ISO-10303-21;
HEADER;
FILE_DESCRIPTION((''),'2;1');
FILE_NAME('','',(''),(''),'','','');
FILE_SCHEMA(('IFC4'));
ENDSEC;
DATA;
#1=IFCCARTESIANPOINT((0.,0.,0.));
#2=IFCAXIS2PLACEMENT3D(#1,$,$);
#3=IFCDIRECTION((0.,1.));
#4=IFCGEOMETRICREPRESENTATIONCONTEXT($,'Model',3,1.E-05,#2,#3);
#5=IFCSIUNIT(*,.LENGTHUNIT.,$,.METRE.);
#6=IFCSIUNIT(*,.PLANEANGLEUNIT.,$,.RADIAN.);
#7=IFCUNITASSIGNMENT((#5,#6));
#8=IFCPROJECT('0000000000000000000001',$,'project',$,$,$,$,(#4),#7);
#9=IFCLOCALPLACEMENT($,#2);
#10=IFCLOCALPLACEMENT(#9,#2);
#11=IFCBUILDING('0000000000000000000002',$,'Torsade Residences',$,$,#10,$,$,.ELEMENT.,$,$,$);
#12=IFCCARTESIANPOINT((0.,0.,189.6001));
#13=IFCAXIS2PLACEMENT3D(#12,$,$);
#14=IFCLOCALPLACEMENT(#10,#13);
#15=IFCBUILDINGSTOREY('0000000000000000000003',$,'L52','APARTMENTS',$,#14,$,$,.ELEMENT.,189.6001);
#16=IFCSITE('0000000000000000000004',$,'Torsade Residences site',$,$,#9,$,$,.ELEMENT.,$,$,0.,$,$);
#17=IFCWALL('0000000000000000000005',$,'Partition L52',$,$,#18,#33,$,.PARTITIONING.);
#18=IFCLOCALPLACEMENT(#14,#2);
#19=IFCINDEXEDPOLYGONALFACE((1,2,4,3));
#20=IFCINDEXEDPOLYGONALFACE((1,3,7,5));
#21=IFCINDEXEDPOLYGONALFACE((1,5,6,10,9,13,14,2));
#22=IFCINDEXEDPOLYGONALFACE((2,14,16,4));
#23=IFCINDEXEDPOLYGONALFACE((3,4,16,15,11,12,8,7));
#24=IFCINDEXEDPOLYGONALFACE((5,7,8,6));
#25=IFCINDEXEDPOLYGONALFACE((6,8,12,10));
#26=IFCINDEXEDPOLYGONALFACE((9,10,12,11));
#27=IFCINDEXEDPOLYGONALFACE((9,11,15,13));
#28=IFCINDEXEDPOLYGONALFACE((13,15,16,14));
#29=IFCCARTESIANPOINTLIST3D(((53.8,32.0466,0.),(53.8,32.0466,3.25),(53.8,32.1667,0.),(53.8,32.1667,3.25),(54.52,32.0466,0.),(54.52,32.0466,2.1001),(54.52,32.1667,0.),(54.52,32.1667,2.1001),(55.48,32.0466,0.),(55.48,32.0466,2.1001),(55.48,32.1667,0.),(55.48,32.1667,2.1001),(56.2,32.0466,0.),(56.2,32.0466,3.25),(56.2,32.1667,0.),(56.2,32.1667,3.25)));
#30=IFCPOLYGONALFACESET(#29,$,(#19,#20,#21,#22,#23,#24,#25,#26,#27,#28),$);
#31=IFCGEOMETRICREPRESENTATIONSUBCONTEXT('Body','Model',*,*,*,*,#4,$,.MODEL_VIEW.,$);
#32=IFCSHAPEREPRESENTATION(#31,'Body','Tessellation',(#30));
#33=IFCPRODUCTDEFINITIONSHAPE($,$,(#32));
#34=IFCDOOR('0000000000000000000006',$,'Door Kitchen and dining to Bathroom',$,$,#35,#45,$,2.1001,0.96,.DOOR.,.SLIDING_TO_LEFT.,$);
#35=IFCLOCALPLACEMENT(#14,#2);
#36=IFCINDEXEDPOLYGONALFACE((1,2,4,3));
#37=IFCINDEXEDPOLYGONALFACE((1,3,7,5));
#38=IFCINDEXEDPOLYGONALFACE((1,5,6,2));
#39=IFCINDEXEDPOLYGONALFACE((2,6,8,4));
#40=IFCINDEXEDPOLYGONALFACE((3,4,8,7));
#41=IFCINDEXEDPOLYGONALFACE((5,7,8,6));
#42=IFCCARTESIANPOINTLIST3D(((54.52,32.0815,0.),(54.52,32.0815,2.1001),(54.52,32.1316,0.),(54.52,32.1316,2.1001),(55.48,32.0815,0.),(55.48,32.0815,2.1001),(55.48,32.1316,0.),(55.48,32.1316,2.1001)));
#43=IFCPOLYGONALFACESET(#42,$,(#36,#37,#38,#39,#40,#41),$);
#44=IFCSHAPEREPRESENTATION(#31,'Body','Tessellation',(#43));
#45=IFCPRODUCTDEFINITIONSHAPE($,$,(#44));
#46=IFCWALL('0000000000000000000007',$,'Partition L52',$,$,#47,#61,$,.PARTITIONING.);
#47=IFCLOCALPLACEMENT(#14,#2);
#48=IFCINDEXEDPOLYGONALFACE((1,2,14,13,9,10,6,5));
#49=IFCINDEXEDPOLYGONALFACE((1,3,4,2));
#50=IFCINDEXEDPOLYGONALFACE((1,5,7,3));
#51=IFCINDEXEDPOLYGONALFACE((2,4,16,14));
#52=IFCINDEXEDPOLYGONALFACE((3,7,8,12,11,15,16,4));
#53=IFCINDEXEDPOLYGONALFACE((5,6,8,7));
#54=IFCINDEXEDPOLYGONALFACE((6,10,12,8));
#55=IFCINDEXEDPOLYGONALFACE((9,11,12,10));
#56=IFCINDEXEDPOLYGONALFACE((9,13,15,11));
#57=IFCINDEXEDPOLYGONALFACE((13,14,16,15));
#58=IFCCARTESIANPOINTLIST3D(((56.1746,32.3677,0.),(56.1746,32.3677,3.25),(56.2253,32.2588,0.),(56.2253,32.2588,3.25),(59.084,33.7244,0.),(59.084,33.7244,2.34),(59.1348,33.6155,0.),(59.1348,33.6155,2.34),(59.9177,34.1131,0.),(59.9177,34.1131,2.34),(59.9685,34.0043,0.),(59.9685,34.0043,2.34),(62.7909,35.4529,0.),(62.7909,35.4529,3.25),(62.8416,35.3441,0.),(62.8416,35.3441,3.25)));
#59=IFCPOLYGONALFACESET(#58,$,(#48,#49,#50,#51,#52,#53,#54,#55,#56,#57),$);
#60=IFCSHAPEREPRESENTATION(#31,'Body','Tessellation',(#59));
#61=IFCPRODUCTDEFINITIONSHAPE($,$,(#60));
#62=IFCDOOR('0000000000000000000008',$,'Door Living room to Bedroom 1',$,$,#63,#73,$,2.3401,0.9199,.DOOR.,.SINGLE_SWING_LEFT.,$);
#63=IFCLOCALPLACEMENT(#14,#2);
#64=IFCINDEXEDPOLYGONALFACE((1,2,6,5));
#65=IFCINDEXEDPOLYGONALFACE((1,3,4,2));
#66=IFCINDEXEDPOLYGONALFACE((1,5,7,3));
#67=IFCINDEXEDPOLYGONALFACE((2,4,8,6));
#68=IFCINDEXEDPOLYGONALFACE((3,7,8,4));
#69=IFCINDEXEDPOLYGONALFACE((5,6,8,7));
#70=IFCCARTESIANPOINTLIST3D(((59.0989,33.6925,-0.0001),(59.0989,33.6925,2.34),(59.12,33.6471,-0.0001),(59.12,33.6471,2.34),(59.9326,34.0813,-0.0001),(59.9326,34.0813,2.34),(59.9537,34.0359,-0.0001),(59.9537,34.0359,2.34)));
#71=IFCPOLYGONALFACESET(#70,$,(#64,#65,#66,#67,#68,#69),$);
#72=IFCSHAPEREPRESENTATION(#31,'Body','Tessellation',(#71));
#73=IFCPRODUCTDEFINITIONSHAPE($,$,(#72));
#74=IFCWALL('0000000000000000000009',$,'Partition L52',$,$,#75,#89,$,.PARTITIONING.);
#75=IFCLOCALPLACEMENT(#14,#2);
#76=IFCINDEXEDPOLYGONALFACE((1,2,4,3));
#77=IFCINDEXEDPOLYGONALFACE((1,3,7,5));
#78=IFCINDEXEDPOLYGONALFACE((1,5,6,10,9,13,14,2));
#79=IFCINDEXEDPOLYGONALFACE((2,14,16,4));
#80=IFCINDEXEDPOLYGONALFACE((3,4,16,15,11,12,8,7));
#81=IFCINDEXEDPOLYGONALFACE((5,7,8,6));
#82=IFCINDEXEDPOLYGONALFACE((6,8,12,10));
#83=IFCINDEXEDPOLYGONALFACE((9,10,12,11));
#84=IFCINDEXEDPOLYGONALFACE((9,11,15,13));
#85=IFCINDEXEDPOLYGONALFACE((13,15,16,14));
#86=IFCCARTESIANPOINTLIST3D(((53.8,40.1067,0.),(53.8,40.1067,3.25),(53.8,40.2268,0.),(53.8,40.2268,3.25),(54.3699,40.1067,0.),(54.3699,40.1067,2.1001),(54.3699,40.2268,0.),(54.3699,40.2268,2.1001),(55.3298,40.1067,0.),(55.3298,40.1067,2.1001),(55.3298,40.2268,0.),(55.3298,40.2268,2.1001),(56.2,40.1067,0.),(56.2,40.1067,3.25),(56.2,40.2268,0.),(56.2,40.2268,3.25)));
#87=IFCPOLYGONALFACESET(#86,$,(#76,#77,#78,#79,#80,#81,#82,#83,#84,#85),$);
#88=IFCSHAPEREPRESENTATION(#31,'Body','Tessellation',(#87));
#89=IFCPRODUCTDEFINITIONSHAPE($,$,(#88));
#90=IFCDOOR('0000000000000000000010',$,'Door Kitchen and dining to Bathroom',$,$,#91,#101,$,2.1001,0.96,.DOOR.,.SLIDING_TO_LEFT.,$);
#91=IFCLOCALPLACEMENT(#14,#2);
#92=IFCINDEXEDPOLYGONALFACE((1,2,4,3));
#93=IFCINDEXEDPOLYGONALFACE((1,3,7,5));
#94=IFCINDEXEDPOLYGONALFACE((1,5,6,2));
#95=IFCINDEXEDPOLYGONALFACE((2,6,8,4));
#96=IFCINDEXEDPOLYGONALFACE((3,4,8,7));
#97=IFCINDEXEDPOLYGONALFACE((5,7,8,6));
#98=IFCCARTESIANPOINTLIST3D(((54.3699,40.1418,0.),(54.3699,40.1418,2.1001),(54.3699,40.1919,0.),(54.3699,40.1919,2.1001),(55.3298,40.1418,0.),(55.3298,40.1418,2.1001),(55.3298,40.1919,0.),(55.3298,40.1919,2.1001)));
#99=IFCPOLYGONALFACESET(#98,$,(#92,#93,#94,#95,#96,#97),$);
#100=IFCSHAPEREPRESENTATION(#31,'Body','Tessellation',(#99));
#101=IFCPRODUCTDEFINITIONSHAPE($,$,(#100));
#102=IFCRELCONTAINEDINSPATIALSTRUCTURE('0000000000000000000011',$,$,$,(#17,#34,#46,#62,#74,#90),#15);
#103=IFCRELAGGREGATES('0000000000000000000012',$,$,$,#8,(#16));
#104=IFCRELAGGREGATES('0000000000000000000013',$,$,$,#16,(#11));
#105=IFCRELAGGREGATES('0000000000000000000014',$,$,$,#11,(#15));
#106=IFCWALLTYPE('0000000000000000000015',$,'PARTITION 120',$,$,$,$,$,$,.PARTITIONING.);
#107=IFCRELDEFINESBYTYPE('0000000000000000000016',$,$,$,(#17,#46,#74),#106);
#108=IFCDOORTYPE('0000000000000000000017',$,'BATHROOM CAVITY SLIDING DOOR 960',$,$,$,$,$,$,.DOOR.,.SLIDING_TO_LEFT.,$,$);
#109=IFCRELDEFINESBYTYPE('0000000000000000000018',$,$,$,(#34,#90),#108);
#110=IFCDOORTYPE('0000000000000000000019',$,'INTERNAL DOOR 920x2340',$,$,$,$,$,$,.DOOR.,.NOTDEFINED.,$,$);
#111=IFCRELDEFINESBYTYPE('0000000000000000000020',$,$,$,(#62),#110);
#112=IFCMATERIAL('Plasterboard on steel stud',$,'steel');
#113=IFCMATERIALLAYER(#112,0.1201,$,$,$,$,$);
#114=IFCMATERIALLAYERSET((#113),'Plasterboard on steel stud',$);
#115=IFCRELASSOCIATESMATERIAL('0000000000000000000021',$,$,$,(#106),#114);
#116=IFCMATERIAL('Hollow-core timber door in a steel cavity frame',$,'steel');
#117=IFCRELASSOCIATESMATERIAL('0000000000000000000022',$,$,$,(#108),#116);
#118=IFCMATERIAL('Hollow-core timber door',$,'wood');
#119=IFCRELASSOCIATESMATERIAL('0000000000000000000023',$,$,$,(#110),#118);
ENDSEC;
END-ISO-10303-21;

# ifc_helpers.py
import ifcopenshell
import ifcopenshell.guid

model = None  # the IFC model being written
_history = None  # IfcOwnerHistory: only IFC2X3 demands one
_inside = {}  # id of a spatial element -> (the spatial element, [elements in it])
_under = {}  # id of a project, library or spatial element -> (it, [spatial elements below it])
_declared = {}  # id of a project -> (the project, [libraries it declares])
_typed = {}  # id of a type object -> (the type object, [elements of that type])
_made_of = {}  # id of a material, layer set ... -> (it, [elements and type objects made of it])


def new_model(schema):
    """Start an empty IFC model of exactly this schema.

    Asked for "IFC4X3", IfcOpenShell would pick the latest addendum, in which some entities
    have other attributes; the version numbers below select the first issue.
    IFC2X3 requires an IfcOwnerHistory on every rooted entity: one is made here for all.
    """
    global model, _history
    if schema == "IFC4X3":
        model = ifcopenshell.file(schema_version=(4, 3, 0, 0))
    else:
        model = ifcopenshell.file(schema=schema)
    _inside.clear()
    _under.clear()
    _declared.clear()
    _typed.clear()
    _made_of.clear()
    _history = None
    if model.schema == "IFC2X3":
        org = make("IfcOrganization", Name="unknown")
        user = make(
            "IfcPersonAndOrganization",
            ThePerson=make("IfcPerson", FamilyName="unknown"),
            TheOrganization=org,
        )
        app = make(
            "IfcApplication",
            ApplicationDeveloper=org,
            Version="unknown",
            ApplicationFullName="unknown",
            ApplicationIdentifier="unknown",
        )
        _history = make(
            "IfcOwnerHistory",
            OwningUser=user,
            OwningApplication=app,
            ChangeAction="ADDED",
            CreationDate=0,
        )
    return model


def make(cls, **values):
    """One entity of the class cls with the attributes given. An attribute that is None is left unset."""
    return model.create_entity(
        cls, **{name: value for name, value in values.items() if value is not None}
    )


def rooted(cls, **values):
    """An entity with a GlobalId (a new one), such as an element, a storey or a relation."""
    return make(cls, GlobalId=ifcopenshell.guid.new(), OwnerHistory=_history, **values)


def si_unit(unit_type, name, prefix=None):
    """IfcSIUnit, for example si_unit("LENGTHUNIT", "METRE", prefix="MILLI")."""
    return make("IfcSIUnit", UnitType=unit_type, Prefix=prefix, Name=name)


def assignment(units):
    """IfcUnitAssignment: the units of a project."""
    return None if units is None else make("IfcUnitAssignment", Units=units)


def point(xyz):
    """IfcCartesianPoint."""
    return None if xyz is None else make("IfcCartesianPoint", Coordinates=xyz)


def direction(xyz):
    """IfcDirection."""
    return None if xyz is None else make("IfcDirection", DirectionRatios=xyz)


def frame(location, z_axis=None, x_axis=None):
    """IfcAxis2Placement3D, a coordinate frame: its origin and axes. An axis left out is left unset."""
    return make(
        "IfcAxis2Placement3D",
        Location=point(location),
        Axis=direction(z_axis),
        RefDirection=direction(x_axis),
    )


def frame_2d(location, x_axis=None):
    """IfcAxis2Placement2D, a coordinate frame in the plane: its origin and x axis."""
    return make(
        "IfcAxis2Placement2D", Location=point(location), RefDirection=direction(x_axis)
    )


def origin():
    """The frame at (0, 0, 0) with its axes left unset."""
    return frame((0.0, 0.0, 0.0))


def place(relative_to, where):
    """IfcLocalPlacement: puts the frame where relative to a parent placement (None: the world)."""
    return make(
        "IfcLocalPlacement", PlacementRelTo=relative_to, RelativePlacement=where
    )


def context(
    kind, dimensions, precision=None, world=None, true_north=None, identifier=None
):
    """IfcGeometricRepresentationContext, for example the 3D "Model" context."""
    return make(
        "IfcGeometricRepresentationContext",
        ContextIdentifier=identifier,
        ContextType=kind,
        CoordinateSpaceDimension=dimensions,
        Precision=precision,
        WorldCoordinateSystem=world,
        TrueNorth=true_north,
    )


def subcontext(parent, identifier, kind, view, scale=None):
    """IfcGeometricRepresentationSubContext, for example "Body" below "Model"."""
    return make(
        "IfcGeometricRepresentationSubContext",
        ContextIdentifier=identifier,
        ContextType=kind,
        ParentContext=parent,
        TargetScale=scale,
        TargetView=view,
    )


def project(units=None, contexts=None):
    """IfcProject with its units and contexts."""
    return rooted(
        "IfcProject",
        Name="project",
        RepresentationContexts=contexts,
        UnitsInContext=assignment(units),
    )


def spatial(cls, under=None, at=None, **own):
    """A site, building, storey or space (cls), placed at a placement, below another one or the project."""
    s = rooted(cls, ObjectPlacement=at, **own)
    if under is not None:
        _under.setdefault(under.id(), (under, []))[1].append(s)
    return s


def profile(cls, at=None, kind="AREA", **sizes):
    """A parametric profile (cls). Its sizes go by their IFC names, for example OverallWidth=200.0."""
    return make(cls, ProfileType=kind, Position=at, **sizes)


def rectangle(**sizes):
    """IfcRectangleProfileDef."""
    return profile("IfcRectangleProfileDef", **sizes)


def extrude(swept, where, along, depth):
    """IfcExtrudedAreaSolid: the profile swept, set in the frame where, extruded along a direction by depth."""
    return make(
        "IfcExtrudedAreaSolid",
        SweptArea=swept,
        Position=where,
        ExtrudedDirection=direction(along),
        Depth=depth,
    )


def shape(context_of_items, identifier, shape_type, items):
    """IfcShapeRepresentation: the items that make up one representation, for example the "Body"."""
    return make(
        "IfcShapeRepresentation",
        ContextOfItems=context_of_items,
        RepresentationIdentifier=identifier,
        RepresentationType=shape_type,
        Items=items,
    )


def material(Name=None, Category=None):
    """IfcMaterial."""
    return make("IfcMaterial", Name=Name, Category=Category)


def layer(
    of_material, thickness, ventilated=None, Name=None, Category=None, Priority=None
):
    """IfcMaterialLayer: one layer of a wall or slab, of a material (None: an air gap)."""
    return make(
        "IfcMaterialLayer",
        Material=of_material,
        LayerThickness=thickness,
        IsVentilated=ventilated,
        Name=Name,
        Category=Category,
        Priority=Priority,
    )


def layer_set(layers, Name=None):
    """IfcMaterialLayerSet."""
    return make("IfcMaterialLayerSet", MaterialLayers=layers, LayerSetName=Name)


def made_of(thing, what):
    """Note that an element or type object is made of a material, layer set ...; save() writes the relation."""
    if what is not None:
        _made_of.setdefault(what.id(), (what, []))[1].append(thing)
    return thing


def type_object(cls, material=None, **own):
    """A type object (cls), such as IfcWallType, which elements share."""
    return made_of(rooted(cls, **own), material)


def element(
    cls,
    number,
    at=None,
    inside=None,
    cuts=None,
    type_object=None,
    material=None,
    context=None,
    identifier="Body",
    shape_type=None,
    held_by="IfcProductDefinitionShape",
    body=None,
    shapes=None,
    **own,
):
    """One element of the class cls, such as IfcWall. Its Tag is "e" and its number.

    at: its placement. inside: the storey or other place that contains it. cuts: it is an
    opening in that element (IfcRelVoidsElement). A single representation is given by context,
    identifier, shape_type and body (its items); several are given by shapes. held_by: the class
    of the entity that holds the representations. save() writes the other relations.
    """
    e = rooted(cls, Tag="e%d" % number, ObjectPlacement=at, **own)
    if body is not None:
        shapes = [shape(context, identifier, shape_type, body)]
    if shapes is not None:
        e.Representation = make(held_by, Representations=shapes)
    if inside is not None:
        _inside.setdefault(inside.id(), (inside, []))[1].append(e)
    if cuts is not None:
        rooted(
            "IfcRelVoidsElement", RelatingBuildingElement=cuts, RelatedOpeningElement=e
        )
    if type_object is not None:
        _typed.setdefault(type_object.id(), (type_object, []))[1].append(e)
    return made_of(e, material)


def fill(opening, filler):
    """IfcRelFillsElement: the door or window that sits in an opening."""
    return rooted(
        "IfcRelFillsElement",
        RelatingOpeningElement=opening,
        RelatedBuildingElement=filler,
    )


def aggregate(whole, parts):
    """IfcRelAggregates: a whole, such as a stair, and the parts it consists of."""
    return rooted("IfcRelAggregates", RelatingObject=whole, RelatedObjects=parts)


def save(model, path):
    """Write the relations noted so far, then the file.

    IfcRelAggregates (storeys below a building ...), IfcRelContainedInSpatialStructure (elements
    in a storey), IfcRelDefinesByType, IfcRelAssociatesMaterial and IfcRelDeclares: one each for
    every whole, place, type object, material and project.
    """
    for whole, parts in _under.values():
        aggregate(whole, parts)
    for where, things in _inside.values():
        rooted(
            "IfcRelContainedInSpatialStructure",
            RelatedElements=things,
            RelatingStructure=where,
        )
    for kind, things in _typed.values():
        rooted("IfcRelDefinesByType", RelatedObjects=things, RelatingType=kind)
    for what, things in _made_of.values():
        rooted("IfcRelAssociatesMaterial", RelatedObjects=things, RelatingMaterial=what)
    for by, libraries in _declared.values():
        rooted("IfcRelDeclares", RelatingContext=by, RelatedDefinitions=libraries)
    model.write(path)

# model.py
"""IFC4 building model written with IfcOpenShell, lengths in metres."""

from ifc_helpers import new_model, si_unit, direction, frame, frame_2d, origin, place, context, subcontext, project, spatial, rectangle, extrude, material, layer, layer_set, type_object, element, fill, save


model = new_model("IFC4")

# Units and contexts
model_context = context("Model", 3, precision=1e-05, world=origin(), true_north=direction((0.0, 1.0)))
body_context = subcontext(model_context, "Body", "Model", "MODEL_VIEW")
ifc_project = project(units=[si_unit("LENGTHUNIT", "METRE"), si_unit("PLANEANGLEUNIT", "RADIAN")], contexts=[model_context])

# Site, building, storey
site_placement = place(None, origin())
site = spatial("IfcSite", under=ifc_project, at=site_placement, Name="Torsade Residences site", CompositionType="ELEMENT", RefElevation=0.0)
building_placement = place(site_placement, origin())
building = spatial("IfcBuilding", under=site, at=building_placement, Name="Torsade Residences", CompositionType="ELEMENT")
storey_placement = place(building_placement, frame((0.0, 0.0, 189.6001)))
storey = spatial("IfcBuildingStorey", under=building, at=storey_placement, Name="L52", Description="APARTMENTS", CompositionType="ELEMENT", Elevation=189.6001)

# Walls, openings, doors
ifc_material_1 = material(Name="Plasterboard on steel stud", Category="steel")
ifc_layer_1 = layer(ifc_material_1, 0.1201)
ifc_layer_set_1 = layer_set([ifc_layer_1], Name="Plasterboard on steel stud")
wall_type_1 = type_object("IfcWallType", Name="PARTITION 120", PredefinedType="PARTITIONING", material=ifc_layer_set_1)
wall_1_placement = place(storey_placement, frame((53.8, 32.1067, 0.0), z_axis=(0.0, 0.0, 1.0), x_axis=(1.0, 0.0, 0.0)))
wall_1 = element("IfcWall", 1, at=wall_1_placement, inside=storey, type_object=wall_type_1, Name="Partition L52", PredefinedType="PARTITIONING", context=body_context, shape_type="SweptSolid", body=[
    extrude(rectangle(XDim=2.3999, YDim=0.1201, at=frame_2d((1.2, 0.0))), origin(), (0.0, 0.0, 1.0), 3.25),
])
opening_1_placement = place(wall_1_placement, frame((0.72, 0.0, 0.0)))
opening_1 = element("IfcOpeningElement", 2, at=opening_1_placement, cuts=wall_1, PredefinedType="OPENING", context=body_context, shape_type="SweptSolid", body=[
    extrude(rectangle(XDim=0.96, YDim=2.1001, at=frame_2d((0.48, 1.05))), frame((0.0, 0.0701, 0.0), z_axis=(0.0, -1.0, 0.0), x_axis=(1.0, 0.0, 0.0)), (0.0, 0.0, 1.0), 0.1401),
])
ifc_material_2 = material(Name="Hollow-core timber door in a steel cavity frame", Category="steel")
door_type_1 = type_object("IfcDoorType", Name="BATHROOM CAVITY SLIDING DOOR 960", OperationType="SLIDING_TO_LEFT", PredefinedType="DOOR", material=ifc_material_2)
door_1_placement = place(opening_1_placement, origin())
door_1 = element("IfcDoor", 3, at=door_1_placement, inside=storey, type_object=door_type_1, Name="Door Kitchen and dining to Bathroom", OperationType="SLIDING_TO_LEFT", OverallHeight=2.1001, OverallWidth=0.96, PredefinedType="DOOR", context=body_context, shape_type="SweptSolid", body=[
    extrude(rectangle(XDim=0.96, YDim=2.1001, at=frame_2d((0.48, 1.05))), frame((0.0, 0.0249, 0.0), z_axis=(0.0, -1.0, 0.0), x_axis=(1.0, 0.0, 0.0)), (0.0, 0.0, 1.0), 0.05),
])
fill(opening_1, door_1)
wall_2_placement = place(storey_placement, frame((56.2, 32.3132, 0.0), z_axis=(0.0, 0.0, 1.0), x_axis=(0.906307, 0.42262, 0.0)))
wall_2 = element("IfcWall", 4, at=wall_2_placement, inside=storey, type_object=wall_type_1, Name="Partition L52", PredefinedType="PARTITIONING", context=body_context, shape_type="SweptSolid", body=[
    extrude(rectangle(XDim=7.3003, YDim=0.1201, at=frame_2d((3.6501, 0.0))), origin(), (0.0, 0.0, 1.0), 3.25),
])
opening_2_placement = place(wall_2_placement, frame((3.2102, 0.0, 0.0)))
opening_2 = element("IfcOpeningElement", 5, at=opening_2_placement, cuts=wall_2, PredefinedType="OPENING", context=body_context, shape_type="SweptSolid", body=[
    extrude(rectangle(XDim=0.9199, YDim=2.3401, at=frame_2d((0.46, 1.1699))), frame((0.0, 0.0701, 0.0), z_axis=(0.0, -1.0, 0.0), x_axis=(1.0, 0.0, 0.0)), (0.0, 0.0, 1.0), 0.1401),
])
ifc_material_3 = material(Name="Hollow-core timber door", Category="wood")
door_type_2 = type_object("IfcDoorType", Name="INTERNAL DOOR 920x2340", OperationType="NOTDEFINED", PredefinedType="DOOR", material=ifc_material_3)
door_2_placement = place(opening_2_placement, origin())
door_2 = element("IfcDoor", 6, at=door_2_placement, inside=storey, type_object=door_type_2, Name="Door Living room to Bedroom 1", OperationType="SINGLE_SWING_LEFT", OverallHeight=2.3401, OverallWidth=0.9199, PredefinedType="DOOR", context=body_context, shape_type="SweptSolid", body=[
    extrude(rectangle(XDim=0.9199, YDim=2.3401, at=frame_2d((0.46, 1.1699))), frame((0.0, 0.0249, 0.0), z_axis=(0.0, -1.0, 0.0), x_axis=(1.0, 0.0, 0.0)), (0.0, 0.0, 1.0), 0.05),
])
fill(opening_2, door_2)
wall_3_placement = place(storey_placement, frame((56.2, 40.1667, 0.0), z_axis=(0.0, 0.0, 1.0), x_axis=(-1.0, 0.0, 0.0)))
wall_3 = element("IfcWall", 7, at=wall_3_placement, inside=storey, type_object=wall_type_1, Name="Partition L52", PredefinedType="PARTITIONING", context=body_context, shape_type="SweptSolid", body=[
    extrude(rectangle(XDim=2.3999, YDim=0.1201, at=frame_2d((1.2, 0.0))), origin(), (0.0, 0.0, 1.0), 3.25),
])
opening_3_placement = place(wall_3_placement, frame((0.8701, 0.0, 0.0)))
opening_3 = element("IfcOpeningElement", 8, at=opening_3_placement, cuts=wall_3, PredefinedType="OPENING", context=body_context, shape_type="SweptSolid", body=[
    extrude(rectangle(XDim=0.96, YDim=2.1001, at=frame_2d((0.48, 1.05))), frame((0.0, 0.0701, 0.0), z_axis=(0.0, -1.0, 0.0), x_axis=(1.0, 0.0, 0.0)), (0.0, 0.0, 1.0), 0.1401),
])
door_3_placement = place(opening_3_placement, origin())
door_3 = element("IfcDoor", 9, at=door_3_placement, inside=storey, type_object=door_type_1, Name="Door Kitchen and dining to Bathroom", OperationType="SLIDING_TO_LEFT", OverallHeight=2.1001, OverallWidth=0.96, PredefinedType="DOOR", context=body_context, shape_type="SweptSolid", body=[
    extrude(rectangle(XDim=0.96, YDim=2.1001, at=frame_2d((0.48, 1.05))), frame((0.0, 0.0249, 0.0), z_axis=(0.0, -1.0, 0.0), x_axis=(1.0, 0.0, 0.0)), (0.0, 0.0, 1.0), 0.05),
])
fill(opening_3, door_3)

save(model, "model.ifc")
